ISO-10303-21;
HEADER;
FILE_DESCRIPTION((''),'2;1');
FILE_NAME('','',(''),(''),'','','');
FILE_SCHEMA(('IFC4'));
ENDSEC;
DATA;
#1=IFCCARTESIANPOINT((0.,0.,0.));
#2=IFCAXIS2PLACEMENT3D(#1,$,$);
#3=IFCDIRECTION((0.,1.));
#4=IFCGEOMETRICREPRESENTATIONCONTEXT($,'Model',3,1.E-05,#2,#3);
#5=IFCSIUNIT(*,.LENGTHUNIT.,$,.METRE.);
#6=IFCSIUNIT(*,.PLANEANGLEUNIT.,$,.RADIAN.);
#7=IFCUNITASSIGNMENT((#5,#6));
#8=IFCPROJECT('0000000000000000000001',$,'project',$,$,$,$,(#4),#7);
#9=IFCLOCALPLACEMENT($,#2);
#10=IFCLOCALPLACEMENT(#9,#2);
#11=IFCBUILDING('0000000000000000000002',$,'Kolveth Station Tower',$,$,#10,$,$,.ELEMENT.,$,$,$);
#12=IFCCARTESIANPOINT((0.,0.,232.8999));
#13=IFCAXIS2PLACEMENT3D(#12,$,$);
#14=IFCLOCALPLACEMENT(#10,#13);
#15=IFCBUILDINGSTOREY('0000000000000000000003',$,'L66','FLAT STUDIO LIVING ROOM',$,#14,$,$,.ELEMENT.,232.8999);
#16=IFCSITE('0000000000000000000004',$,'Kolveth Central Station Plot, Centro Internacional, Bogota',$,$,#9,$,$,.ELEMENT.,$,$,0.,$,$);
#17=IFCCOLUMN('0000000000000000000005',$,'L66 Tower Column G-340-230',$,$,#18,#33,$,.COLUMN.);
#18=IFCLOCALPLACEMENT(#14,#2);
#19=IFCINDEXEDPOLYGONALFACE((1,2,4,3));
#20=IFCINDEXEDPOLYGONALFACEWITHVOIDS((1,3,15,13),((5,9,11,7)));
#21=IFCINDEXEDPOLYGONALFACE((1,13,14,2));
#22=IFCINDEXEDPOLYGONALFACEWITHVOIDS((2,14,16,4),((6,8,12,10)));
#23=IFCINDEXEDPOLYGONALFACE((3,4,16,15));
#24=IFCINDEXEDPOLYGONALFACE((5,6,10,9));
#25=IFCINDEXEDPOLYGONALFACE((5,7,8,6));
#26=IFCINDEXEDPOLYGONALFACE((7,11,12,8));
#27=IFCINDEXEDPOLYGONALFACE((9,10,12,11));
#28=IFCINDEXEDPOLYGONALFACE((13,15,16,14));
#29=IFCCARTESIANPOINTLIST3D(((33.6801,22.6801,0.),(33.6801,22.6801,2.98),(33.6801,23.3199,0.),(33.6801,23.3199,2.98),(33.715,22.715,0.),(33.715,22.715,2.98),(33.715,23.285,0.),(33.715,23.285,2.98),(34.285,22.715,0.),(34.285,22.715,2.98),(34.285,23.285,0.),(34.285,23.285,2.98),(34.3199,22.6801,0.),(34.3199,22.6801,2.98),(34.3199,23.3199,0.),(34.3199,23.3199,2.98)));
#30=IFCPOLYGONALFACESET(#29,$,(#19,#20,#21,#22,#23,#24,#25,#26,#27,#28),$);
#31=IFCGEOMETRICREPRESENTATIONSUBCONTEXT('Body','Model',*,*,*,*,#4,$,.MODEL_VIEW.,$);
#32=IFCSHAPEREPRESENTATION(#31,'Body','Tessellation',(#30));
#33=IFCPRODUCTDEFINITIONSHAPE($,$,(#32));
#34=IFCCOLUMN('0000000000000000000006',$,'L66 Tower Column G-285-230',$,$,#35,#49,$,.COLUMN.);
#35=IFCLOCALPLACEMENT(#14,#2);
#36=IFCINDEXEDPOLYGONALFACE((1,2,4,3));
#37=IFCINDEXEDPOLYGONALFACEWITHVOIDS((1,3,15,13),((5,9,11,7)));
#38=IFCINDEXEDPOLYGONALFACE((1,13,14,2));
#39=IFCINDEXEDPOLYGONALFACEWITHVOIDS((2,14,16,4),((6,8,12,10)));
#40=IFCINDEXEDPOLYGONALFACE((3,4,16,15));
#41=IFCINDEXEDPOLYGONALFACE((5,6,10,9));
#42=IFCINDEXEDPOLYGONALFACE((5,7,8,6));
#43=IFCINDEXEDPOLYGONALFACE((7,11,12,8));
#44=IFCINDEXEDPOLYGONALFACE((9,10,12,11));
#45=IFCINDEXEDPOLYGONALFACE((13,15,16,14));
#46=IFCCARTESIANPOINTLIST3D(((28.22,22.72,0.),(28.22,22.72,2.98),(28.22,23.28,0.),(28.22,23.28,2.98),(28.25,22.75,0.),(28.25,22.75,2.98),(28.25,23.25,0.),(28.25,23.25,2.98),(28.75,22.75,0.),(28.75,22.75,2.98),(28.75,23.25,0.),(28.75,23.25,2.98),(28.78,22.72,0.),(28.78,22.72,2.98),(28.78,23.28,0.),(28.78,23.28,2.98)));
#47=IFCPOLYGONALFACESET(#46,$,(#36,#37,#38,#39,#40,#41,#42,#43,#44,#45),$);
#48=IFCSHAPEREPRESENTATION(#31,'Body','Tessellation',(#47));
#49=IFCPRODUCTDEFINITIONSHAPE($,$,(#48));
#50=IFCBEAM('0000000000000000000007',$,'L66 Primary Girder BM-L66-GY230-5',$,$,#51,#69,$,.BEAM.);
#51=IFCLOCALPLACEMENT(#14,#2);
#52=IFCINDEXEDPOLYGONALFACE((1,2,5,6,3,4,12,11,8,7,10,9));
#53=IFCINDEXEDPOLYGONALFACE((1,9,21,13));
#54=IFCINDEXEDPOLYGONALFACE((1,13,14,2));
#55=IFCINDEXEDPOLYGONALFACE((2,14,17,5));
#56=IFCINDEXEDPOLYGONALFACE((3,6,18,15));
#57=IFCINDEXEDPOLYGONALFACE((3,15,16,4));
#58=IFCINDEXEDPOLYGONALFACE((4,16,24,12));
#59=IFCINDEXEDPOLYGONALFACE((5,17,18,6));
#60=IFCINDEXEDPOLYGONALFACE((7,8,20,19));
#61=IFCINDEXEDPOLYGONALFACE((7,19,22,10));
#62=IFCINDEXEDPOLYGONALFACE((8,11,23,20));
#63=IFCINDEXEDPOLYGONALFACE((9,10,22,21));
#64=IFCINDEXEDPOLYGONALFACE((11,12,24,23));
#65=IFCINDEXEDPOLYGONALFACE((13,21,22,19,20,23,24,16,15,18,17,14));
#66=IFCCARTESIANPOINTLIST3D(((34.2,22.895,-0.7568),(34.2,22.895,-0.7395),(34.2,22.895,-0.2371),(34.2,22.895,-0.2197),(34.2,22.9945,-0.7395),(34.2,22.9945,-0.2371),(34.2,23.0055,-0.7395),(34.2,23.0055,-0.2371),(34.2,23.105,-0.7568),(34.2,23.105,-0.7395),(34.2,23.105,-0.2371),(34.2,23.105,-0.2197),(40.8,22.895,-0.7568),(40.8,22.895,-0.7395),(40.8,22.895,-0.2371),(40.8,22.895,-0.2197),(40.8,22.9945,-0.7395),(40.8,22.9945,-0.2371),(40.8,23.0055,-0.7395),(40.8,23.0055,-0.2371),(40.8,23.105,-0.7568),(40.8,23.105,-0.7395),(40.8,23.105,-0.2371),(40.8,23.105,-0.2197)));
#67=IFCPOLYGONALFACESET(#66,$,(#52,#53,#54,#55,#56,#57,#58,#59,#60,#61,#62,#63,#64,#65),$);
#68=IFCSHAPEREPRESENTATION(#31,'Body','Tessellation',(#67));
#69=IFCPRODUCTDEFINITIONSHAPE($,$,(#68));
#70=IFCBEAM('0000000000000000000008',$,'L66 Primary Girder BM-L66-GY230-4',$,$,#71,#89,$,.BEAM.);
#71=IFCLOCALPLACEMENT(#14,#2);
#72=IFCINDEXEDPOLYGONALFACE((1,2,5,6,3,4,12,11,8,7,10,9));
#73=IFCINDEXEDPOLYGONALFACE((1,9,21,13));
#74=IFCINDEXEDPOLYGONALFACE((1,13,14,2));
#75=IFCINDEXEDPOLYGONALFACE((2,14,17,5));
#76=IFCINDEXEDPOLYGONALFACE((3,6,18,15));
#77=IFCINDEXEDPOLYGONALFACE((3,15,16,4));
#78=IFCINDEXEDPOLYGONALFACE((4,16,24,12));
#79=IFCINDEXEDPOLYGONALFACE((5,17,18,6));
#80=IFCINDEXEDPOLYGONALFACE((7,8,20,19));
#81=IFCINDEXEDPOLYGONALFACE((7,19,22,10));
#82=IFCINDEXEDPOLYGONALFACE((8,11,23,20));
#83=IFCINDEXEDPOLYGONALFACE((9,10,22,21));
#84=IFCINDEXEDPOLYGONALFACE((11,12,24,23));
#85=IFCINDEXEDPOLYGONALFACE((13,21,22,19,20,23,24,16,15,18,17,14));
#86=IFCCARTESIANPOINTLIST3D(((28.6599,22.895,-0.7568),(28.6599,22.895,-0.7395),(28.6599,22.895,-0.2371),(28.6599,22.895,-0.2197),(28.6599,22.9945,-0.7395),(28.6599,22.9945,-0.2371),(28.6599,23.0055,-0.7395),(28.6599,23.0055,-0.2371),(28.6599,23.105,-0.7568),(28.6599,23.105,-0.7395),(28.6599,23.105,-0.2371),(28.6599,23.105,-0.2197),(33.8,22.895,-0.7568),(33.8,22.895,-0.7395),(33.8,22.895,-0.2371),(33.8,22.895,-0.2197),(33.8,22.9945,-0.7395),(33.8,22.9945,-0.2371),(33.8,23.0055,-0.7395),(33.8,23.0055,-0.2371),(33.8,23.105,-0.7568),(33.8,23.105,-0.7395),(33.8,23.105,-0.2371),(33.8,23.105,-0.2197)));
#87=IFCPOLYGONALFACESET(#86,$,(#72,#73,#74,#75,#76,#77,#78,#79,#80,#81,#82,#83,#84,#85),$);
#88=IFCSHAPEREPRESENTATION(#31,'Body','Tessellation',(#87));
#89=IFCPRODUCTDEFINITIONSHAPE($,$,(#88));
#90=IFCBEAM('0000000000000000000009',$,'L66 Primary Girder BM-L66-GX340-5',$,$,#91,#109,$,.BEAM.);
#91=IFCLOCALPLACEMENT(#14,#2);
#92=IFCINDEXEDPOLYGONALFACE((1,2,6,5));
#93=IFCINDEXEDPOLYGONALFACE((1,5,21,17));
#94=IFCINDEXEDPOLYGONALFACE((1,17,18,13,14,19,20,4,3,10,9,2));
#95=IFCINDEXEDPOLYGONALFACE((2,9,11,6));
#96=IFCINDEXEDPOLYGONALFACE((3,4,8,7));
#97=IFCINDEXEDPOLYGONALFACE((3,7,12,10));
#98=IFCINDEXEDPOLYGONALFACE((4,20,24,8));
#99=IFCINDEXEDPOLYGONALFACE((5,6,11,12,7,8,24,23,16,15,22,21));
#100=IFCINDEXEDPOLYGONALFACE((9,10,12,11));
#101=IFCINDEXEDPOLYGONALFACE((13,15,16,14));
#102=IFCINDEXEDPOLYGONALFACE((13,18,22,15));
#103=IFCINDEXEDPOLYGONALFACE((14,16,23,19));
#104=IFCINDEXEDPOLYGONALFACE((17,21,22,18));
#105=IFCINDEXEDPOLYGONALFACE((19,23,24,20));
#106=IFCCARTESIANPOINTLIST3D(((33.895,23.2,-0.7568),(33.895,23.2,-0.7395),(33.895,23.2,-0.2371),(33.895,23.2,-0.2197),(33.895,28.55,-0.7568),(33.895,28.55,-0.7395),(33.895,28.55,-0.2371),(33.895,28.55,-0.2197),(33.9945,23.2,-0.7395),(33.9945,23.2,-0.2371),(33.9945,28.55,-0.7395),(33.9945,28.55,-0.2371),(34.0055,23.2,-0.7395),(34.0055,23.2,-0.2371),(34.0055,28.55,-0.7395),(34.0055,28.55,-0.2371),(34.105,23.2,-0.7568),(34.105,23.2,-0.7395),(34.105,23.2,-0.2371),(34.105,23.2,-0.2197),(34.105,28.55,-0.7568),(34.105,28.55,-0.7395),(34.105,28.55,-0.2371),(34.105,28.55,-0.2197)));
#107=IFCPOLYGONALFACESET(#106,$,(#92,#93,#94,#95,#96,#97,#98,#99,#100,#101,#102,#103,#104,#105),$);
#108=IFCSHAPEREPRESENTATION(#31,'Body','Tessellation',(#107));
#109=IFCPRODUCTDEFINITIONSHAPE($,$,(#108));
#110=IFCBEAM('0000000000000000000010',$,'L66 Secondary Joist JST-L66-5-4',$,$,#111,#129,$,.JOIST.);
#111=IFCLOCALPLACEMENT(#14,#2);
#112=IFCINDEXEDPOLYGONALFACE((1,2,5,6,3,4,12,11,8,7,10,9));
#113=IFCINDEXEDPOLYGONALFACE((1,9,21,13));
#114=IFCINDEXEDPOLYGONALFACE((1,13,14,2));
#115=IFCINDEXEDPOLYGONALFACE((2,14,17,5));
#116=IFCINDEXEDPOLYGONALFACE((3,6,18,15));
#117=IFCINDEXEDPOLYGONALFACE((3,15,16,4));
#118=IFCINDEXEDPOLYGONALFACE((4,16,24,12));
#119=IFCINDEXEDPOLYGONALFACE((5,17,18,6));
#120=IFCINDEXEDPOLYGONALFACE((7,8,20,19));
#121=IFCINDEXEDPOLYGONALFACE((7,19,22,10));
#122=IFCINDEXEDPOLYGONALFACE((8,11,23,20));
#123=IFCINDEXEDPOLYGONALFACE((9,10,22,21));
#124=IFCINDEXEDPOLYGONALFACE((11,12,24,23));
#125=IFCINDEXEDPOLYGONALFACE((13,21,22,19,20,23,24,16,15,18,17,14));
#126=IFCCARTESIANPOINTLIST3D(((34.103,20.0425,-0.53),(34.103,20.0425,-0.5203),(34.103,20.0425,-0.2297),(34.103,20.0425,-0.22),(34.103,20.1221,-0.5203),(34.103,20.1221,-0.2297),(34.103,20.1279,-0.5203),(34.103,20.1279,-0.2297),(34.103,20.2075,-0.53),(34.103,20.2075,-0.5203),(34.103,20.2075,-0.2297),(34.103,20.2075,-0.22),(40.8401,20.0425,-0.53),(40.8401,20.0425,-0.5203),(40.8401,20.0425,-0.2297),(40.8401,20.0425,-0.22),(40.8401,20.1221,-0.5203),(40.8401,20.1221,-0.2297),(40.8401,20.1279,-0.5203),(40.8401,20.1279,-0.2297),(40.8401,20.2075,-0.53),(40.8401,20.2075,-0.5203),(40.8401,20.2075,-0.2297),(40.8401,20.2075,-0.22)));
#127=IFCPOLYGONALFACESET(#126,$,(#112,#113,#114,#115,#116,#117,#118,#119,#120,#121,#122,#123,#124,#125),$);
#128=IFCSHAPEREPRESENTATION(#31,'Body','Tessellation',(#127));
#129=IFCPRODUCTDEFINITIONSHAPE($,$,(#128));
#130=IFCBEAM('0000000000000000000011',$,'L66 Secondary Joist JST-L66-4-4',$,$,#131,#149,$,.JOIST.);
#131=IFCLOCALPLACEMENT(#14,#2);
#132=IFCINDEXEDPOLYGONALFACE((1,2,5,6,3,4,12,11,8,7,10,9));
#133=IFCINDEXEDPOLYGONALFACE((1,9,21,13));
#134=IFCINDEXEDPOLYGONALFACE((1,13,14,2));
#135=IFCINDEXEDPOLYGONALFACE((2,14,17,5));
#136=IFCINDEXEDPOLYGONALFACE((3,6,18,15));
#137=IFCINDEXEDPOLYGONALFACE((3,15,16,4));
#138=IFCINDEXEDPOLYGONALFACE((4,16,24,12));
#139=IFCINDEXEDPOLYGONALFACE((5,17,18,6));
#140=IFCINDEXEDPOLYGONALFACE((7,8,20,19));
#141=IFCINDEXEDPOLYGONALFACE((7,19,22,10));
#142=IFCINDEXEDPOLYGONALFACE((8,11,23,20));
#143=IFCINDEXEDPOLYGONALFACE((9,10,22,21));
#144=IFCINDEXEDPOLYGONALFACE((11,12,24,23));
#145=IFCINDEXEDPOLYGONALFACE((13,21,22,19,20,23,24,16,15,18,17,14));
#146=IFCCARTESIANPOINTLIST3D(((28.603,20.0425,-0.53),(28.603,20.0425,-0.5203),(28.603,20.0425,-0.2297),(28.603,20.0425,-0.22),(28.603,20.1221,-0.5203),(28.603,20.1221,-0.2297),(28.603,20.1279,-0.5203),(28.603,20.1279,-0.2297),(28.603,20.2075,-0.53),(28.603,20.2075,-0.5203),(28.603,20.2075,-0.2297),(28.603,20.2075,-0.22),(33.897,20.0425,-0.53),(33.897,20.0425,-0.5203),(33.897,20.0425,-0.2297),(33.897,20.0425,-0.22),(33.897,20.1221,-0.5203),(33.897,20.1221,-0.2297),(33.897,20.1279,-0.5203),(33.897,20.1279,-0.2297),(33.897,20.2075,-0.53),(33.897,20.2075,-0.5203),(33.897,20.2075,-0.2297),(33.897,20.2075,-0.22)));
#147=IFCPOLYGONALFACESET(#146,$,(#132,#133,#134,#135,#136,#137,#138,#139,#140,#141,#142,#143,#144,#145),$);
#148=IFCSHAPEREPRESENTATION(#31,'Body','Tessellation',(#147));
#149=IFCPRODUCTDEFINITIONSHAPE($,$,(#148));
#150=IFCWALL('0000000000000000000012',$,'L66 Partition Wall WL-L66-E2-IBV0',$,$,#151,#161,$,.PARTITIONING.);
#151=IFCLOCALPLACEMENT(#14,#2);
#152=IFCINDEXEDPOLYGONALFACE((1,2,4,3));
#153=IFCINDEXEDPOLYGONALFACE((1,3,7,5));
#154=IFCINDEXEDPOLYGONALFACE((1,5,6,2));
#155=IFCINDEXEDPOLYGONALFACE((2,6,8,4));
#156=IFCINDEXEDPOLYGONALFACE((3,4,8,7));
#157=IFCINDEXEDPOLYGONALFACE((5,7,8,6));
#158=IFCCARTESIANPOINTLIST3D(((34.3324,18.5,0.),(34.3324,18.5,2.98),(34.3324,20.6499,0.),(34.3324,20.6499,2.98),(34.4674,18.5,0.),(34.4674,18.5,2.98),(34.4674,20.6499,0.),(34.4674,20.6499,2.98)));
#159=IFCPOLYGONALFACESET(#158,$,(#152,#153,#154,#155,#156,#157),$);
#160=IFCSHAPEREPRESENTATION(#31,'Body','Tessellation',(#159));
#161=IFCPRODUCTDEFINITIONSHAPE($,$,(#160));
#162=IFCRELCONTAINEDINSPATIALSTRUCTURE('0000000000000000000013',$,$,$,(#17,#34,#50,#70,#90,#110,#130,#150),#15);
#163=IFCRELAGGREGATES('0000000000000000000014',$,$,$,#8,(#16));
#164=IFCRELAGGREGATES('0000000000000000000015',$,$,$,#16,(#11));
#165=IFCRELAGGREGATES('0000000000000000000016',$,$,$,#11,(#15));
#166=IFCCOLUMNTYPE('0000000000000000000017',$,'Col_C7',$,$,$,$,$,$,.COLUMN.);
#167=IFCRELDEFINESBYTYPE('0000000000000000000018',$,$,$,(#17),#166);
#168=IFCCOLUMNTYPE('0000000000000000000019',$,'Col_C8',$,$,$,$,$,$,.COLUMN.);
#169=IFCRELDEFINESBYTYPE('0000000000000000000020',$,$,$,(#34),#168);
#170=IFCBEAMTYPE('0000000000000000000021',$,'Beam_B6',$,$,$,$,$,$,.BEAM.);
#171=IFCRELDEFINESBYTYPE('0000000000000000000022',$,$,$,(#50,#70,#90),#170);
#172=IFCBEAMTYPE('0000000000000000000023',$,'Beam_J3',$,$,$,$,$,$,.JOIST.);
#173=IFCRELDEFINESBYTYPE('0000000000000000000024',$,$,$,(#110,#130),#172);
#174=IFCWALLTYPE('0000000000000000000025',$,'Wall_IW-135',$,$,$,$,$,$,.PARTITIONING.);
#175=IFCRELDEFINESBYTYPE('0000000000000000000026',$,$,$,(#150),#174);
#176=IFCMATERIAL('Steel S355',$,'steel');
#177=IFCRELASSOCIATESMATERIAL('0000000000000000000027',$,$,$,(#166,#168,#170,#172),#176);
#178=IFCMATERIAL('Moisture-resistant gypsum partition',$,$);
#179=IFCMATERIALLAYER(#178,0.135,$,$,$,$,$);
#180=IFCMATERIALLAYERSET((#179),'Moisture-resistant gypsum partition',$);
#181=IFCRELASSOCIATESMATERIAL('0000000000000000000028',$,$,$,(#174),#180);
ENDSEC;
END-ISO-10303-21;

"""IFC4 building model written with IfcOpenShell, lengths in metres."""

from ifc_helpers import new_model, si_unit, direction, frame, frame_2d, origin, origin_2d, place, context, subcontext, project, spatial, rectangle, hollow_rectangle, i_section, extrude, source, transform, mapped, material, layer, layer_set, material_profile, profile_set, type_object, element, save


model = new_model("IFC4")

# Units and contexts
model_context = context("Model", 3, precision=1e-05, world=origin(), true_north=direction((0.0, 1.0)))
body_context = subcontext(model_context, "Body", "Model", "MODEL_VIEW")
ifc_project = project(units=[si_unit("LENGTHUNIT", "METRE"), si_unit("PLANEANGLEUNIT", "RADIAN")], contexts=[model_context])

# Site, building, storey
site_placement = place(None, origin())
site = spatial("IfcSite", under=ifc_project, at=site_placement, Name="Kolveth Central Station Plot, Centro Internacional, Bogota", CompositionType="ELEMENT", RefElevation=0.0)
building_placement = place(site_placement, origin())
building = spatial("IfcBuilding", under=site, at=building_placement, Name="Kolveth Station Tower", CompositionType="ELEMENT")
storey_placement = place(building_placement, frame((0.0, 0.0, 232.8999)))
storey = spatial("IfcBuildingStorey", under=building, at=storey_placement, Name="L66", Description="FLAT STUDIO LIVING ROOM", CompositionType="ELEMENT", Elevation=232.8999)

# Columns
ifc_material_1 = material(Name="Steel S355", Category="steel")
ifc_material_profile_1 = material_profile(ifc_material_1, hollow_rectangle(XDim=0.6399, YDim=0.6399, WallThickness=0.0349, at=origin_2d()), Name="BOX640x640x35")
ifc_profile_set_1 = profile_set([ifc_material_profile_1], Name="Steel S355")
column_type_1 = type_object("IfcColumnType", Name="Col_C7", PredefinedType="COLUMN", material=ifc_profile_set_1)
shared_shape_1 = source(origin(), body_context, "Body", "SweptSolid", [
    extrude(hollow_rectangle(XDim=0.6399, YDim=0.6399, WallThickness=0.0349, at=origin_2d()), origin(), (0.0, 0.0, 1.0), 2.98),
])
column_1_placement = place(storey_placement, frame((34.0, 23.0, 0.0), z_axis=(0.0, 0.0, 1.0), x_axis=(1.0, 0.0, 0.0)))
element("IfcColumn", 1, at=column_1_placement, inside=storey, type_object=column_type_1, Name="L66 Tower Column G-340-230", PredefinedType="COLUMN", context=body_context, shape_type="MappedRepresentation", body=[
    mapped(shared_shape_1, transform((0.0, 0.0, 0.0), x_axis=(1.0, 0.0, 0.0), y_axis=(0.0, 1.0, 0.0), z_axis=(0.0, 0.0, 1.0), scale=1.0)),
])
ifc_material_profile_2 = material_profile(ifc_material_1, hollow_rectangle(XDim=0.5601, YDim=0.5601, WallThickness=0.03, at=origin_2d()), Name="BOX560x560x30")
ifc_profile_set_2 = profile_set([ifc_material_profile_2], Name="Steel S355")
column_type_2 = type_object("IfcColumnType", Name="Col_C8", PredefinedType="COLUMN", material=ifc_profile_set_2)
shared_shape_2 = source(origin(), body_context, "Body", "SweptSolid", [
    extrude(hollow_rectangle(XDim=0.5601, YDim=0.5601, WallThickness=0.03, at=origin_2d()), origin(), (0.0, 0.0, 1.0), 2.98),
])
column_2_placement = place(storey_placement, frame((28.5, 23.0, 0.0), z_axis=(0.0, 0.0, 1.0), x_axis=(1.0, 0.0, 0.0)))
element("IfcColumn", 2, at=column_2_placement, inside=storey, type_object=column_type_2, Name="L66 Tower Column G-285-230", PredefinedType="COLUMN", context=body_context, shape_type="MappedRepresentation", body=[
    mapped(shared_shape_2, transform((0.0, 0.0, 0.0), x_axis=(1.0, 0.0, 0.0), y_axis=(0.0, 1.0, 0.0), z_axis=(0.0, 0.0, 1.0), scale=1.0)),
])

# Beams
ifc_material_profile_3 = material_profile(ifc_material_1, i_section(OverallWidth=0.21, OverallDepth=0.5371, WebThickness=0.011, FlangeThickness=0.0173, at=origin_2d()), Name="W530x101")
ifc_profile_set_3 = profile_set([ifc_material_profile_3], Name="Steel S355")
beam_type_1 = type_object("IfcBeamType", Name="Beam_B6", PredefinedType="BEAM", material=ifc_profile_set_3)
shared_shape_3 = source(origin(), body_context, "Body", "SweptSolid", [
    extrude(i_section(OverallWidth=0.21, OverallDepth=0.5371, WebThickness=0.011, FlangeThickness=0.0173, at=origin_2d()), origin(), (0.0, 0.0, 1.0), 6.6001),
])
beam_1_placement = place(storey_placement, frame((34.2, 23.0, -0.4883), z_axis=(1.0, 0.0, 0.0), x_axis=(0.0, 1.0, 0.0)))
element("IfcBeam", 3, at=beam_1_placement, inside=storey, type_object=beam_type_1, Name="L66 Primary Girder BM-L66-GY230-5", PredefinedType="BEAM", context=body_context, shape_type="MappedRepresentation", body=[
    mapped(shared_shape_3, transform((0.0, 0.0, 0.0), x_axis=(1.0, 0.0, 0.0), y_axis=(0.0, 1.0, 0.0), z_axis=(0.0, 0.0, 1.0), scale=1.0)),
])
shared_shape_4 = source(origin(), body_context, "Body", "SweptSolid", [
    extrude(i_section(OverallWidth=0.21, OverallDepth=0.5371, WebThickness=0.011, FlangeThickness=0.0173, at=origin_2d()), origin(), (0.0, 0.0, 1.0), 5.1401),
])
beam_2_placement = place(storey_placement, frame((28.6599, 23.0, -0.4883), z_axis=(1.0, 0.0, 0.0), x_axis=(0.0, 1.0, 0.0)))
element("IfcBeam", 4, at=beam_2_placement, inside=storey, type_object=beam_type_1, Name="L66 Primary Girder BM-L66-GY230-4", PredefinedType="BEAM", context=body_context, shape_type="MappedRepresentation", body=[
    mapped(shared_shape_4, transform((0.0, 0.0, 0.0), x_axis=(1.0, 0.0, 0.0), y_axis=(0.0, 1.0, 0.0), z_axis=(0.0, 0.0, 1.0), scale=1.0)),
])
shared_shape_5 = source(origin(), body_context, "Body", "SweptSolid", [
    extrude(i_section(OverallWidth=0.21, OverallDepth=0.5371, WebThickness=0.011, FlangeThickness=0.0173, at=origin_2d()), origin(), (0.0, 0.0, 1.0), 5.3501),
])
beam_3_placement = place(storey_placement, frame((34.0, 23.2, -0.4883), z_axis=(0.0, 1.0, 0.0), x_axis=(-1.0, 0.0, 0.0)))
element("IfcBeam", 5, at=beam_3_placement, inside=storey, type_object=beam_type_1, Name="L66 Primary Girder BM-L66-GX340-5", PredefinedType="BEAM", context=body_context, shape_type="MappedRepresentation", body=[
    mapped(shared_shape_5, transform((0.0, 0.0, 0.0), x_axis=(1.0, 0.0, 0.0), y_axis=(0.0, 1.0, 0.0), z_axis=(0.0, 0.0, 1.0), scale=1.0)),
])
ifc_material_profile_4 = material_profile(ifc_material_1, i_section(OverallWidth=0.165, OverallDepth=0.3101, WebThickness=0.0059, FlangeThickness=0.0098, at=origin_2d()), Name="W310x39")
ifc_profile_set_4 = profile_set([ifc_material_profile_4], Name="Steel S355")
beam_type_2 = type_object("IfcBeamType", Name="Beam_J3", PredefinedType="JOIST", material=ifc_profile_set_4)
shared_shape_6 = source(origin(), body_context, "Body", "SweptSolid", [
    extrude(i_section(OverallWidth=0.165, OverallDepth=0.3101, WebThickness=0.0059, FlangeThickness=0.0098, at=origin_2d()), origin(), (0.0, 0.0, 1.0), 6.7371),
])
beam_4_placement = place(storey_placement, frame((34.103, 20.125, -0.375), z_axis=(1.0, 0.0, 0.0), x_axis=(0.0, 1.0, 0.0)))
element("IfcBeam", 6, at=beam_4_placement, inside=storey, type_object=beam_type_2, Name="L66 Secondary Joist JST-L66-5-4", PredefinedType="JOIST", context=body_context, shape_type="MappedRepresentation", body=[
    mapped(shared_shape_6, transform((0.0, 0.0, 0.0), x_axis=(1.0, 0.0, 0.0), y_axis=(0.0, 1.0, 0.0), z_axis=(0.0, 0.0, 1.0), scale=1.0)),
])
shared_shape_7 = source(origin(), body_context, "Body", "SweptSolid", [
    extrude(i_section(OverallWidth=0.165, OverallDepth=0.3101, WebThickness=0.0059, FlangeThickness=0.0098, at=origin_2d()), origin(), (0.0, 0.0, 1.0), 5.2939),
])
beam_5_placement = place(storey_placement, frame((28.603, 20.125, -0.375), z_axis=(1.0, 0.0, 0.0), x_axis=(0.0, 1.0, 0.0)))
element("IfcBeam", 7, at=beam_5_placement, inside=storey, type_object=beam_type_2, Name="L66 Secondary Joist JST-L66-4-4", PredefinedType="JOIST", context=body_context, shape_type="MappedRepresentation", body=[
    mapped(shared_shape_7, transform((0.0, 0.0, 0.0), x_axis=(1.0, 0.0, 0.0), y_axis=(0.0, 1.0, 0.0), z_axis=(0.0, 0.0, 1.0), scale=1.0)),
])

# Wall
ifc_material_2 = material(Name="Moisture-resistant gypsum partition")
ifc_layer_1 = layer(ifc_material_2, 0.135)
ifc_layer_set_1 = layer_set([ifc_layer_1], Name="Moisture-resistant gypsum partition")
wall_type_1 = type_object("IfcWallType", Name="Wall_IW-135", PredefinedType="PARTITIONING", material=ifc_layer_set_1)
wall_1_placement = place(storey_placement, frame((34.3999, 18.5, 0.0), z_axis=(0.0, 0.0, 1.0), x_axis=(0.0, 1.0, 0.0)))
element("IfcWall", 8, at=wall_1_placement, inside=storey, type_object=wall_type_1, Name="L66 Partition Wall WL-L66-E2-IBV0", PredefinedType="PARTITIONING", context=body_context, shape_type="SweptSolid", body=[
    extrude(rectangle(XDim=2.1499, YDim=0.135, at=frame_2d((1.075, 0.0))), origin(), (0.0, 0.0, 1.0), 2.98),
])

save(model, "model.ifc")
